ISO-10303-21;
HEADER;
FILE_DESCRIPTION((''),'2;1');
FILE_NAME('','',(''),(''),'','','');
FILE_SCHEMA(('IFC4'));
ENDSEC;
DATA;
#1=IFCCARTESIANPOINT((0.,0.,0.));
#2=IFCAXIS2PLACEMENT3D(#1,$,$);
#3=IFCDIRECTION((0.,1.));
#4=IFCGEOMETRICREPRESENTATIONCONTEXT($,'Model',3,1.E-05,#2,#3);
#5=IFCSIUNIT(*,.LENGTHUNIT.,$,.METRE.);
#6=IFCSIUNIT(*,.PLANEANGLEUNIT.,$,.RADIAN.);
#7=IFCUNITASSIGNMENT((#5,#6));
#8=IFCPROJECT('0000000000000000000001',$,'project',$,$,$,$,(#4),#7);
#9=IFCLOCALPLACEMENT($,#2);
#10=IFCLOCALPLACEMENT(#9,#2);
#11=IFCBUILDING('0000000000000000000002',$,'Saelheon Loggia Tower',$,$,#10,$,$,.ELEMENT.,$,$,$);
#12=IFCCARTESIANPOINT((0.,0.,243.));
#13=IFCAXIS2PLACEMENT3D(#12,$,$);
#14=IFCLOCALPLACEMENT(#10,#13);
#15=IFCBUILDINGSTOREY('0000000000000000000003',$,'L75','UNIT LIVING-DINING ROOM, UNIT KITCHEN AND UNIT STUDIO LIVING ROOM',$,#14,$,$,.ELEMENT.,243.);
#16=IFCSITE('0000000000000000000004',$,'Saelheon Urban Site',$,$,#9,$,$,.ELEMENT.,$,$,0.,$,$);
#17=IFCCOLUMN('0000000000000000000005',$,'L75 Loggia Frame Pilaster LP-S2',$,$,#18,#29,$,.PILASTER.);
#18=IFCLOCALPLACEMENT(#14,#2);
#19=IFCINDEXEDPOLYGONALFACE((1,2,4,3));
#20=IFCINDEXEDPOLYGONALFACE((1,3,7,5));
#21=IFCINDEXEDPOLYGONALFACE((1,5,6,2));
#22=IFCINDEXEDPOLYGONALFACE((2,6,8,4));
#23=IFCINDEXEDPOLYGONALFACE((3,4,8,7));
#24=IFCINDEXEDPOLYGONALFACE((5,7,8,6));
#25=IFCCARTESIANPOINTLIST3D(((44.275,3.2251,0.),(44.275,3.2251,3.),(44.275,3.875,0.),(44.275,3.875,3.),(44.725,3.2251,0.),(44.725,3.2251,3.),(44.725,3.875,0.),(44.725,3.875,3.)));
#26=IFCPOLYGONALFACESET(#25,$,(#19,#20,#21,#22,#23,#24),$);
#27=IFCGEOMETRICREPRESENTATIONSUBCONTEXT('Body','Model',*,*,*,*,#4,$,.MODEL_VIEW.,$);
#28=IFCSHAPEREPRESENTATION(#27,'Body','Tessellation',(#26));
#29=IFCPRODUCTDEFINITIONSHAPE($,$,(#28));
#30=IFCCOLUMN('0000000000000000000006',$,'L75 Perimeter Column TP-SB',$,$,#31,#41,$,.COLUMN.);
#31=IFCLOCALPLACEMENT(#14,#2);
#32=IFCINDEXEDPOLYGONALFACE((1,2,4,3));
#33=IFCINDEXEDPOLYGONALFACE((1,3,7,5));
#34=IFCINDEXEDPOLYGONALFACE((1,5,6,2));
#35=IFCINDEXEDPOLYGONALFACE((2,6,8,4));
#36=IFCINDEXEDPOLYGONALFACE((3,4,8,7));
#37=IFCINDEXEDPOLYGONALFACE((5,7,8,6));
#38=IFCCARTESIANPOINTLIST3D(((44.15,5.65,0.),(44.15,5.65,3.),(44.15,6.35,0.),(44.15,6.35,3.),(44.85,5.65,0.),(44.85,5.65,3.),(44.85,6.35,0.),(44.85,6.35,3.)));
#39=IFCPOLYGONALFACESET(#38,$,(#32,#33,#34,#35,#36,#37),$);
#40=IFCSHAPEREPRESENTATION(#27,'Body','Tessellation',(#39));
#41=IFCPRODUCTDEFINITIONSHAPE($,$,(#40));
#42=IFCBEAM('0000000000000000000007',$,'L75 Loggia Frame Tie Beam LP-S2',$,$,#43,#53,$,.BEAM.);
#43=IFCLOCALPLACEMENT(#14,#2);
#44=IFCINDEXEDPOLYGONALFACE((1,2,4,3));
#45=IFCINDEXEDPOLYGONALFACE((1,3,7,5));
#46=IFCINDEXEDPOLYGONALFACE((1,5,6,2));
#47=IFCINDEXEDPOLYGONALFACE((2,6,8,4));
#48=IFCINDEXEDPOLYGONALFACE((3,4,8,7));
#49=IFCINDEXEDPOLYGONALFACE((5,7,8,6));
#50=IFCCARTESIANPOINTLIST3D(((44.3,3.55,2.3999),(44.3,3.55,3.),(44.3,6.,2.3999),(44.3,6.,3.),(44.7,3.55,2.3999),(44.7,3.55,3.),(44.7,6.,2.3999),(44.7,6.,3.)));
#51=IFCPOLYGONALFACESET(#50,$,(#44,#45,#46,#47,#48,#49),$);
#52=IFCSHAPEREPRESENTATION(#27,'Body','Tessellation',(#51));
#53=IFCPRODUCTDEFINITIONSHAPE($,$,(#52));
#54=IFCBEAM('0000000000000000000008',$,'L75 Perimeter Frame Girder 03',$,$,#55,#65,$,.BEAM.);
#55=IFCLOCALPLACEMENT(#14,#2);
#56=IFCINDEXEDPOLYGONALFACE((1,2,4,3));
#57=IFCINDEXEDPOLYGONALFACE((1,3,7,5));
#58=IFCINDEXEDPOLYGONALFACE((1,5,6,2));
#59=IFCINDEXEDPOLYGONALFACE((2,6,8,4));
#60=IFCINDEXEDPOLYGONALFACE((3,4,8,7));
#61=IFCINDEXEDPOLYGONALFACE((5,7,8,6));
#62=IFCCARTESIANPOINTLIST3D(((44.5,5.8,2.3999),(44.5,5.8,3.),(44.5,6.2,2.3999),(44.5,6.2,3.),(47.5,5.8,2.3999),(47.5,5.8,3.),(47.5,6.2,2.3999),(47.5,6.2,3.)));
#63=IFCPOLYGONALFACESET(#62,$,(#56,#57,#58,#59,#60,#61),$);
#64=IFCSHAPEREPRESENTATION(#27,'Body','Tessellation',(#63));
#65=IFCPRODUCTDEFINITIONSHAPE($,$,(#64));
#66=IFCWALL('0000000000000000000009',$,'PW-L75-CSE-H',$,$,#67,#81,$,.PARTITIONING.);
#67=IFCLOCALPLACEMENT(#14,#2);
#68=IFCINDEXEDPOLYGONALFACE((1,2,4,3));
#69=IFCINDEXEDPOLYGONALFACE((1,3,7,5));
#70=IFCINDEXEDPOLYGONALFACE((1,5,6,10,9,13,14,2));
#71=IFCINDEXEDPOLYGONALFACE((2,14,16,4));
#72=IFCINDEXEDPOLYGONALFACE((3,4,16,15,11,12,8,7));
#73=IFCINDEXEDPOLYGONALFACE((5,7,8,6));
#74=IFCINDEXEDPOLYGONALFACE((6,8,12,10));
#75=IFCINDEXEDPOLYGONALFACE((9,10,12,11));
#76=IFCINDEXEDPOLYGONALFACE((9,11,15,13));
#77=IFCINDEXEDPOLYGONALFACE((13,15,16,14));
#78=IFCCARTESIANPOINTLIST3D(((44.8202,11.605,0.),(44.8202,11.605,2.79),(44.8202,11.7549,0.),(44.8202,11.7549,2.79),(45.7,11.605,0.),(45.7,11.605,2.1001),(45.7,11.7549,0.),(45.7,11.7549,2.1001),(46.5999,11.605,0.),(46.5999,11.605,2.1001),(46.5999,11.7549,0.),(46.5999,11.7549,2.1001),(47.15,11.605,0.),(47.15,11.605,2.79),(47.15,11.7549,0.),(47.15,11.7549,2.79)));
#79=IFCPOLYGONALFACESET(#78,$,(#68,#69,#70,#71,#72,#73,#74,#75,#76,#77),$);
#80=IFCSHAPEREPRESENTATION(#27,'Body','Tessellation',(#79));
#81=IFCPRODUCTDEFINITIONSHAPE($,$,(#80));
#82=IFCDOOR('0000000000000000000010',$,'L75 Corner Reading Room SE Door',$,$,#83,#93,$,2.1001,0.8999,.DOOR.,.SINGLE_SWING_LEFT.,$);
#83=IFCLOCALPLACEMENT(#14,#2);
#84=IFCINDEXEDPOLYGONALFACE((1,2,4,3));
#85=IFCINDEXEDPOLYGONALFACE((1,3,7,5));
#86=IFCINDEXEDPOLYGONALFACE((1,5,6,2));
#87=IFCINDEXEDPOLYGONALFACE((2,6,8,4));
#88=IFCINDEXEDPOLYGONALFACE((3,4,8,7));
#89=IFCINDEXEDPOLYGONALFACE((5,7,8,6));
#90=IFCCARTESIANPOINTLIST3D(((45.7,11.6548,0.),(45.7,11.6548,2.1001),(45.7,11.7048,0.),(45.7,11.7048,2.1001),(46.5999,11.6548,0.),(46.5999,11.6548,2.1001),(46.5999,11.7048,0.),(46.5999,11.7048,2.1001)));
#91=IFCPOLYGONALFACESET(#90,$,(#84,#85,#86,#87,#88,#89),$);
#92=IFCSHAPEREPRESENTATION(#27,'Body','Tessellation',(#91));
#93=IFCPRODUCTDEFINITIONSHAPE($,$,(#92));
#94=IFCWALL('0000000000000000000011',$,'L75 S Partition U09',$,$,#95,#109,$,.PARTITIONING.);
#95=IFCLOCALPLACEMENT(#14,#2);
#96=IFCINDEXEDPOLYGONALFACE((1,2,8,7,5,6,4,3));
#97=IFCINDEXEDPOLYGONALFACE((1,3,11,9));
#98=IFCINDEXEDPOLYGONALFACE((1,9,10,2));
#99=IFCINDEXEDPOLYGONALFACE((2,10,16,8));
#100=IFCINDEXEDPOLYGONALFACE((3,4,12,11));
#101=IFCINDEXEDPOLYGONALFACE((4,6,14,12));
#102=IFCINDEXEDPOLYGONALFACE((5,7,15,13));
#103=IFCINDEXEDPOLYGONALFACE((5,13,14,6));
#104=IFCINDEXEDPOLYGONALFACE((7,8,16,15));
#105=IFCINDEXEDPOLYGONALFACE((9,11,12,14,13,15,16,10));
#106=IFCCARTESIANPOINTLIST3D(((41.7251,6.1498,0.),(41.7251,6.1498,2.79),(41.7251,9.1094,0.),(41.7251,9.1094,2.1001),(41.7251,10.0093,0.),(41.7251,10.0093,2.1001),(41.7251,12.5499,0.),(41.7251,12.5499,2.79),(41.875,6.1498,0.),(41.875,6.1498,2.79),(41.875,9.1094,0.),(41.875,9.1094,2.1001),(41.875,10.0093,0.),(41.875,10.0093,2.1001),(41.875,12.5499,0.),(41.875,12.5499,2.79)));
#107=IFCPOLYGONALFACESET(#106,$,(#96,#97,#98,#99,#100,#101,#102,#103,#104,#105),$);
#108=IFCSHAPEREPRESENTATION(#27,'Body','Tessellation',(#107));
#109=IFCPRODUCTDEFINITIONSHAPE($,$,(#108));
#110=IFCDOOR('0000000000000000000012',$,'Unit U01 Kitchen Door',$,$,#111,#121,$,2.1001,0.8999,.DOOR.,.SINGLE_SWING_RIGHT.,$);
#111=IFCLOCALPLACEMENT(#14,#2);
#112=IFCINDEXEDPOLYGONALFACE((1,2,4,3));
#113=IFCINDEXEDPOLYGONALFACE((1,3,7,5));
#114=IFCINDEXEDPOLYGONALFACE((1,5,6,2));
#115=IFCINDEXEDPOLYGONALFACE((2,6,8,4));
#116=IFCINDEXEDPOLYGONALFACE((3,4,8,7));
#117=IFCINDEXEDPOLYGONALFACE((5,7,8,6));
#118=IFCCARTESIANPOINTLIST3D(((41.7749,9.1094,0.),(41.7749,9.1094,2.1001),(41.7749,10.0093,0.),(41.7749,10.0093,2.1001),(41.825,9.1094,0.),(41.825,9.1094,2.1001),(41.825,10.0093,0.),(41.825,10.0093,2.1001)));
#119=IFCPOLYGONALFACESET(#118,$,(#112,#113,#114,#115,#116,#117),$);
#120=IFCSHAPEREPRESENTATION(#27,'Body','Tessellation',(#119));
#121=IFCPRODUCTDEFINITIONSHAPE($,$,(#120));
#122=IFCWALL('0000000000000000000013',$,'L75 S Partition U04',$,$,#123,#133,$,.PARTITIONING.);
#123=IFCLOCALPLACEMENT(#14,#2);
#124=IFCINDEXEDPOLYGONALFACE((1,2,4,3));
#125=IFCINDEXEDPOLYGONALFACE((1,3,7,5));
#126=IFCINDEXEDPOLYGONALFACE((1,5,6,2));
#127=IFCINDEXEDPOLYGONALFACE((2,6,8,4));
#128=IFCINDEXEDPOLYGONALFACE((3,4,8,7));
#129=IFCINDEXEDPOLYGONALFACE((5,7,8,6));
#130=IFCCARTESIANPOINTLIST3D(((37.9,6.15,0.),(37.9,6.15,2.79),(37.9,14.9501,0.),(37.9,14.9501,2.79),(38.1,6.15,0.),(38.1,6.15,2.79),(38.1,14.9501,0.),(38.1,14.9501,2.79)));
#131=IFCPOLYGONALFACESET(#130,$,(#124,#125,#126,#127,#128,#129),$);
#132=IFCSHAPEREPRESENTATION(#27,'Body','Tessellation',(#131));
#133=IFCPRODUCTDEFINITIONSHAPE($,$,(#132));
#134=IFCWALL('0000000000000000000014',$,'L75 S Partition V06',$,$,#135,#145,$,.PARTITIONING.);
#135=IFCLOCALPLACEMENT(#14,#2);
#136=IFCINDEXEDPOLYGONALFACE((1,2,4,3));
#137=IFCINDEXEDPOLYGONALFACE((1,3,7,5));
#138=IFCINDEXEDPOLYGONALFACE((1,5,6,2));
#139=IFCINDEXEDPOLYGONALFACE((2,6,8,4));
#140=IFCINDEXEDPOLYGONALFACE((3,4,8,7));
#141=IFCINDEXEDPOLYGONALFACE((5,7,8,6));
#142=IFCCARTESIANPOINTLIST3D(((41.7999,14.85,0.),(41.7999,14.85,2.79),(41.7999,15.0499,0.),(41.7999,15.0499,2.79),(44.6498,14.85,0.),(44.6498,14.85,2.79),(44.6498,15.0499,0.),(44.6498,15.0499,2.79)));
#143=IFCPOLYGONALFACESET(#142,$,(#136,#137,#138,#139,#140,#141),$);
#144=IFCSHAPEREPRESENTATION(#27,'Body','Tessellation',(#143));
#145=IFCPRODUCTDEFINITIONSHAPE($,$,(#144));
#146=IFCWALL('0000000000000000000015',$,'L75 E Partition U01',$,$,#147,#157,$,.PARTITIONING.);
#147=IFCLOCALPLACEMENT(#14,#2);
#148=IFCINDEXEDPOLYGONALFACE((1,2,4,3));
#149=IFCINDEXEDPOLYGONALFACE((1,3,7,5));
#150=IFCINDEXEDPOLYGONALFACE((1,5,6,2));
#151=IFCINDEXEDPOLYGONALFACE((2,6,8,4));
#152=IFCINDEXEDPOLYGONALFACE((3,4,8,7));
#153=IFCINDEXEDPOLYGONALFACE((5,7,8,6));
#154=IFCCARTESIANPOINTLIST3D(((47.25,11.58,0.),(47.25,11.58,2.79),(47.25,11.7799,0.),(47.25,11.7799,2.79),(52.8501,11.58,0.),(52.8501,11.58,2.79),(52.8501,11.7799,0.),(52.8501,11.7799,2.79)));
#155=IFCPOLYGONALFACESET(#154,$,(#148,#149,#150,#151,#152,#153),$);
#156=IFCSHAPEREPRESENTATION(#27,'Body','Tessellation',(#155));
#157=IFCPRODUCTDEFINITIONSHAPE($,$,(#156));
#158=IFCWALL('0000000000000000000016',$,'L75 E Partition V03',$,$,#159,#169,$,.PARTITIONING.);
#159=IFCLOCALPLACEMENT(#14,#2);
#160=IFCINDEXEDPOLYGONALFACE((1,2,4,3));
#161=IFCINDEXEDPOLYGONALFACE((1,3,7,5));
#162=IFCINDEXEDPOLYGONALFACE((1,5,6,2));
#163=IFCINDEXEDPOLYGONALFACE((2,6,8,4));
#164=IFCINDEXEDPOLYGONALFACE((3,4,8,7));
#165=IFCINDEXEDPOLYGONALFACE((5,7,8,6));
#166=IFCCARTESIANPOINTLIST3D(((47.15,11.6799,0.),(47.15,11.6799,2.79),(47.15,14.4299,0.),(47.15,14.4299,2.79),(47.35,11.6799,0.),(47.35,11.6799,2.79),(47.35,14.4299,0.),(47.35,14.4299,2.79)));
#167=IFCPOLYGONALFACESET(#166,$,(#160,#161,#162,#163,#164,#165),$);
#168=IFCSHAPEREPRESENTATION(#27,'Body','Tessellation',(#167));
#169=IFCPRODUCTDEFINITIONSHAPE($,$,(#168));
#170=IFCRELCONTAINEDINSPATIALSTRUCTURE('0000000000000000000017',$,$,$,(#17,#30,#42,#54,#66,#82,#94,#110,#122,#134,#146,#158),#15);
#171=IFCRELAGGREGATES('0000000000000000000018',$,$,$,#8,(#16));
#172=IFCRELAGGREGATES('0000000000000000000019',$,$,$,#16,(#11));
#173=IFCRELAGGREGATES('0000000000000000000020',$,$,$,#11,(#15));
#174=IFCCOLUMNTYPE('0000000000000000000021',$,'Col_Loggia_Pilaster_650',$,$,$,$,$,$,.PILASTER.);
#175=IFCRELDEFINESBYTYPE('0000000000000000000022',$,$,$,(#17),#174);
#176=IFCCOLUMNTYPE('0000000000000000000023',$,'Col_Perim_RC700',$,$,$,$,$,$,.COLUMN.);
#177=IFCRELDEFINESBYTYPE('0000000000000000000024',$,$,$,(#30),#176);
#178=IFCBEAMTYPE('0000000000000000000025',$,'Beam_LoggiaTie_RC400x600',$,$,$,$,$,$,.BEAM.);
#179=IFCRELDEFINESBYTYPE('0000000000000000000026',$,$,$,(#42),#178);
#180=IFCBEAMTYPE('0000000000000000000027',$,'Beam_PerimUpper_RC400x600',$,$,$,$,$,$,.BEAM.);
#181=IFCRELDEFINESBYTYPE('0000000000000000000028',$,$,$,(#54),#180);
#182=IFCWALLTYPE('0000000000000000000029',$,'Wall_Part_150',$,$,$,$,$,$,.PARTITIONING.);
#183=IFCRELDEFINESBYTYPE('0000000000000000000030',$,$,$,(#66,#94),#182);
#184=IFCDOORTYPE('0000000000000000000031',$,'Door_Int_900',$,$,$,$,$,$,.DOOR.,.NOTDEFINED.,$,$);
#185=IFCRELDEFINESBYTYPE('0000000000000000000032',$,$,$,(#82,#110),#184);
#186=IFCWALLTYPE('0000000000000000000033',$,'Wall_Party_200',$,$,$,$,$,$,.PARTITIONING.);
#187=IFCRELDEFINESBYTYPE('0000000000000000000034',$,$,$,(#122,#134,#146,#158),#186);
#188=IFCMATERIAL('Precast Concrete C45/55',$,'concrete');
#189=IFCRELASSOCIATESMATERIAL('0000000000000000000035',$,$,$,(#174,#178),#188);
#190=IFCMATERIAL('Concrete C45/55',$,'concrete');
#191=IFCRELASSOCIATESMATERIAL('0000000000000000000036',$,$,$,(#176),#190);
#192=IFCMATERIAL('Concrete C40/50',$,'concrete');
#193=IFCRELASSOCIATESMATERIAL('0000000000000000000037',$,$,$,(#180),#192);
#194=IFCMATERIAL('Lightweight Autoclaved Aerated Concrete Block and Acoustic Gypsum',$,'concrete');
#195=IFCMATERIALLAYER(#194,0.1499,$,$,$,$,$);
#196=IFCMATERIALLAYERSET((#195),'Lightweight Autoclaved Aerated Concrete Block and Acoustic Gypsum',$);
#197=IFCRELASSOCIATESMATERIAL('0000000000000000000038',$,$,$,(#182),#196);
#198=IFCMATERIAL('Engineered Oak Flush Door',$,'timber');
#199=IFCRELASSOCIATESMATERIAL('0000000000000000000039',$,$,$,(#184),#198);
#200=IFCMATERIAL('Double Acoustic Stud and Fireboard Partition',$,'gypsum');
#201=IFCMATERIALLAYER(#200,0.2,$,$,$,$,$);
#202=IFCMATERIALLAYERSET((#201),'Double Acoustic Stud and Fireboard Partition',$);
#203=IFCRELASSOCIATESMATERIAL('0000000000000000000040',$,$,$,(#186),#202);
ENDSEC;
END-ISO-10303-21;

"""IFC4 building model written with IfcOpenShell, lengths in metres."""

from ifc_helpers import new_model, si_unit, direction, frame, frame_2d, origin, origin_2d, place, context, subcontext, project, spatial, rectangle, extrude, source, transform, mapped, material, layer, layer_set, material_profile, profile_set, type_object, element, fill, save


model = new_model("IFC4")

# Units and contexts
model_context = context("Model", 3, precision=1e-05, world=origin(), true_north=direction((0.0, 1.0)))
body_context = subcontext(model_context, "Body", "Model", "MODEL_VIEW")
ifc_project = project(units=[si_unit("LENGTHUNIT", "METRE"), si_unit("PLANEANGLEUNIT", "RADIAN")], contexts=[model_context])

# Site, building, storey
site_placement = place(None, origin())
site = spatial("IfcSite", under=ifc_project, at=site_placement, Name="Saelheon Urban Site", CompositionType="ELEMENT", RefElevation=0.0)
building_placement = place(site_placement, origin())
building = spatial("IfcBuilding", under=site, at=building_placement, Name="Saelheon Loggia Tower", CompositionType="ELEMENT")
storey_placement = place(building_placement, frame((0.0, 0.0, 243.0)))
storey = spatial("IfcBuildingStorey", under=building, at=storey_placement, Name="L75", Description="UNIT LIVING-DINING ROOM, UNIT KITCHEN AND UNIT STUDIO LIVING ROOM", CompositionType="ELEMENT", Elevation=243.0)

# Columns
ifc_material_1 = material(Name="Precast Concrete C45/55", Category="concrete")
ifc_material_profile_1 = material_profile(ifc_material_1, rectangle(XDim=0.45, YDim=0.6499, at=origin_2d()), Name="RC-450x650")
ifc_profile_set_1 = profile_set([ifc_material_profile_1], Name="Precast Concrete C45/55")
column_type_1 = type_object("IfcColumnType", Name="Col_Loggia_Pilaster_650", PredefinedType="PILASTER", material=ifc_profile_set_1)
shared_shape_1 = source(origin(), body_context, "Body", "SweptSolid", [
    extrude(rectangle(XDim=0.45, YDim=0.6499, at=origin_2d()), origin(), (0.0, 0.0, 1.0), 3.0),
])
column_1_placement = place(storey_placement, frame((44.5, 3.55, 0.0), z_axis=(0.0, 0.0, 1.0), x_axis=(1.0, 0.0, 0.0)))
element("IfcColumn", 1, at=column_1_placement, inside=storey, type_object=column_type_1, Name="L75 Loggia Frame Pilaster LP-S2", PredefinedType="PILASTER", context=body_context, shape_type="MappedRepresentation", body=[
    mapped(shared_shape_1, transform((0.0, 0.0, 0.0), scale=1.0)),
])
ifc_material_2 = material(Name="Concrete C45/55", Category="concrete")
ifc_material_profile_2 = material_profile(ifc_material_2, rectangle(XDim=0.7, YDim=0.7, at=origin_2d()), Name="RC-700x700")
ifc_profile_set_2 = profile_set([ifc_material_profile_2], Name="Concrete C45/55")
column_type_2 = type_object("IfcColumnType", Name="Col_Perim_RC700", PredefinedType="COLUMN", material=ifc_profile_set_2)
shared_shape_2 = source(origin(), body_context, "Body", "SweptSolid", [
    extrude(rectangle(XDim=0.7, YDim=0.7, at=origin_2d()), origin(), (0.0, 0.0, 1.0), 3.0),
])
column_2_placement = place(storey_placement, frame((44.5, 6.0, 0.0), z_axis=(0.0, 0.0, 1.0), x_axis=(1.0, 0.0, 0.0)))
element("IfcColumn", 2, at=column_2_placement, inside=storey, type_object=column_type_2, Name="L75 Perimeter Column TP-SB", PredefinedType="COLUMN", context=body_context, shape_type="MappedRepresentation", body=[
    mapped(shared_shape_2, transform((0.0, 0.0, 0.0), scale=1.0)),
])

# Beams
ifc_material_profile_3 = material_profile(ifc_material_1, rectangle(XDim=0.3999, YDim=0.6001, at=origin_2d()), Name="RC-400x600")
ifc_profile_set_3 = profile_set([ifc_material_profile_3], Name="Precast Concrete C45/55")
beam_type_1 = type_object("IfcBeamType", Name="Beam_LoggiaTie_RC400x600", PredefinedType="BEAM", material=ifc_profile_set_3)
shared_shape_3 = source(origin(), body_context, "Body", "SweptSolid", [
    extrude(rectangle(XDim=0.3999, YDim=0.6001, at=origin_2d()), origin(), (0.0, 0.0, 1.0), 2.45),
])
beam_1_placement = place(storey_placement, frame((44.5, 6.0, 2.7), z_axis=(0.0, -1.0, 0.0), x_axis=(1.0, 0.0, 0.0)))
element("IfcBeam", 3, at=beam_1_placement, inside=storey, type_object=beam_type_1, Name="L75 Loggia Frame Tie Beam LP-S2", PredefinedType="BEAM", context=body_context, shape_type="MappedRepresentation", body=[
    mapped(shared_shape_3, transform((0.0, 0.0, 0.0), scale=1.0)),
])
ifc_material_3 = material(Name="Concrete C40/50", Category="concrete")
ifc_material_profile_4 = material_profile(ifc_material_3, rectangle(XDim=0.3999, YDim=0.6001, at=origin_2d()), Name="RC-400x600")
ifc_profile_set_4 = profile_set([ifc_material_profile_4], Name="Concrete C40/50")
beam_type_2 = type_object("IfcBeamType", Name="Beam_PerimUpper_RC400x600", PredefinedType="BEAM", material=ifc_profile_set_4)
shared_shape_4 = source(origin(), body_context, "Body", "SweptSolid", [
    extrude(rectangle(XDim=0.3999, YDim=0.6001, at=origin_2d()), origin(), (0.0, 0.0, 1.0), 3.0),
])
beam_2_placement = place(storey_placement, frame((44.5, 6.0, 2.7), z_axis=(1.0, 0.0, 0.0), x_axis=(0.0, 1.0, 0.0)))
element("IfcBeam", 4, at=beam_2_placement, inside=storey, type_object=beam_type_2, Name="L75 Perimeter Frame Girder 03", PredefinedType="BEAM", context=body_context, shape_type="MappedRepresentation", body=[
    mapped(shared_shape_4, transform((0.0, 0.0, 0.0), scale=1.0)),
])

# Walls, openings, doors
ifc_material_4 = material(Name="Lightweight Autoclaved Aerated Concrete Block and Acoustic Gypsum", Category="concrete")
ifc_layer_1 = layer(ifc_material_4, 0.1499)
ifc_layer_set_1 = layer_set([ifc_layer_1], Name="Lightweight Autoclaved Aerated Concrete Block and Acoustic Gypsum")
wall_type_1 = type_object("IfcWallType", Name="Wall_Part_150", PredefinedType="PARTITIONING", material=ifc_layer_set_1)
wall_1_placement = place(storey_placement, frame((44.8201, 11.6799, 0.0), z_axis=(0.0, 0.0, 1.0), x_axis=(1.0, 0.0, 0.0)))
wall_1 = element("IfcWall", 5, at=wall_1_placement, inside=storey, type_object=wall_type_1, Name="PW-L75-CSE-H", PredefinedType="PARTITIONING", context=body_context, shape_type="SweptSolid", body=[
    extrude(rectangle(XDim=2.3298, YDim=0.1499, at=frame_2d((1.165, 0.0))), origin(), (0.0, 0.0, 1.0), 2.79),
])
opening_1_placement = place(wall_1_placement, frame((0.8799, 0.0, 0.0)))
opening_1 = element("IfcOpeningElement", 6, at=opening_1_placement, cuts=wall_1, PredefinedType="OPENING", context=body_context, shape_type="SweptSolid", body=[
    extrude(rectangle(XDim=0.8999, YDim=2.1001, at=frame_2d((0.45, 1.05))), frame((0.0, 0.0869, 0.0), z_axis=(0.0, -1.0, 0.0), x_axis=(1.0, 0.0, 0.0)), (0.0, 0.0, 1.0), 0.1738),
])
ifc_material_5 = material(Name="Engineered Oak Flush Door", Category="timber")
door_type_1 = type_object("IfcDoorType", Name="Door_Int_900", OperationType="NOTDEFINED", PredefinedType="DOOR", material=ifc_material_5)
shared_shape_5 = source(origin(), body_context, "Body", "SweptSolid", [
    extrude(rectangle(XDim=0.8999, YDim=2.1001, at=frame_2d((0.45, 1.05))), frame((0.0, 0.0249, 0.0), z_axis=(0.0, -1.0, 0.0), x_axis=(1.0, 0.0, 0.0)), (0.0, 0.0, 1.0), 0.05),
])
door_1_placement = place(opening_1_placement, origin())
door_1 = element("IfcDoor", 7, at=door_1_placement, inside=storey, type_object=door_type_1, Name="L75 Corner Reading Room SE Door", OperationType="SINGLE_SWING_LEFT", OverallHeight=2.1001, OverallWidth=0.8999, PredefinedType="DOOR", context=body_context, shape_type="MappedRepresentation", body=[
    mapped(shared_shape_5, transform((0.0, 0.0, 0.0), scale=1.0)),
])
fill(opening_1, door_1)
wall_2_placement = place(storey_placement, frame((41.8, 12.55, 0.0), z_axis=(0.0, 0.0, 1.0), x_axis=(0.0, -1.0, 0.0)))
wall_2 = element("IfcWall", 8, at=wall_2_placement, inside=storey, type_object=wall_type_1, Name="L75 S Partition U09", PredefinedType="PARTITIONING", context=body_context, shape_type="SweptSolid", body=[
    extrude(rectangle(XDim=6.4001, YDim=0.1499, at=frame_2d((3.2002, 0.0))), origin(), (0.0, 0.0, 1.0), 2.79),
])
opening_2_placement = place(wall_2_placement, frame((2.5408, 0.0, 0.0)))
opening_2 = element("IfcOpeningElement", 9, at=opening_2_placement, cuts=wall_2, PredefinedType="OPENING", context=body_context, shape_type="SweptSolid", body=[
    extrude(rectangle(XDim=0.8999, YDim=2.1001, at=frame_2d((0.45, 1.05))), frame((0.0, 0.0869, 0.0), z_axis=(0.0, -1.0, 0.0), x_axis=(1.0, 0.0, 0.0)), (0.0, 0.0, 1.0), 0.1738),
])
door_2_placement = place(opening_2_placement, origin())
door_2 = element("IfcDoor", 10, at=door_2_placement, inside=storey, type_object=door_type_1, Name="Unit U01 Kitchen Door", OperationType="SINGLE_SWING_RIGHT", OverallHeight=2.1001, OverallWidth=0.8999, PredefinedType="DOOR", context=body_context, shape_type="MappedRepresentation", body=[
    mapped(shared_shape_5, transform((0.0, 0.0, 0.0), scale=1.0)),
])
fill(opening_2, door_2)

# Wall
ifc_material_6 = material(Name="Double Acoustic Stud and Fireboard Partition", Category="gypsum")
ifc_layer_2 = layer(ifc_material_6, 0.2)
ifc_layer_set_2 = layer_set([ifc_layer_2], Name="Double Acoustic Stud and Fireboard Partition")
wall_type_2 = type_object("IfcWallType", Name="Wall_Party_200", PredefinedType="PARTITIONING", material=ifc_layer_set_2)
wall_3_placement = place(storey_placement, frame((38.0, 14.95, 0.0), z_axis=(0.0, 0.0, 1.0), x_axis=(0.0, -1.0, 0.0)))
element("IfcWall", 11, at=wall_3_placement, inside=storey, type_object=wall_type_2, Name="L75 S Partition U04", PredefinedType="PARTITIONING", context=body_context, shape_type="SweptSolid", body=[
    extrude(rectangle(XDim=8.8, YDim=0.2, at=frame_2d((4.3999, 0.0))), origin(), (0.0, 0.0, 1.0), 2.79),
])

# Walls
wall_4_placement = place(storey_placement, frame((41.8, 14.95, 0.0), z_axis=(0.0, 0.0, 1.0), x_axis=(1.0, 0.0, 0.0)))
element("IfcWall", 12, at=wall_4_placement, inside=storey, type_object=wall_type_2, Name="L75 S Partition V06", PredefinedType="PARTITIONING", context=body_context, shape_type="SweptSolid", body=[
    extrude(rectangle(XDim=2.8499, YDim=0.2, at=frame_2d((1.4248, 0.0))), origin(), (0.0, 0.0, 1.0), 2.79),
])
wall_5_placement = place(storey_placement, frame((47.25, 11.6799, 0.0), z_axis=(0.0, 0.0, 1.0), x_axis=(1.0, 0.0, 0.0)))
element("IfcWall", 13, at=wall_5_placement, inside=storey, type_object=wall_type_2, Name="L75 E Partition U01", PredefinedType="PARTITIONING", context=body_context, shape_type="SweptSolid", body=[
    extrude(rectangle(XDim=5.6001, YDim=0.2, at=frame_2d((2.8, 0.0))), origin(), (0.0, 0.0, 1.0), 2.79),
])
wall_6_placement = place(storey_placement, frame((47.25, 11.6799, 0.0), z_axis=(0.0, 0.0, 1.0), x_axis=(0.0, 1.0, 0.0)))
element("IfcWall", 14, at=wall_6_placement, inside=storey, type_object=wall_type_2, Name="L75 E Partition V03", PredefinedType="PARTITIONING", context=body_context, shape_type="SweptSolid", body=[
    extrude(rectangle(XDim=2.75, YDim=0.2, at=frame_2d((1.375, 0.0))), origin(), (0.0, 0.0, 1.0), 2.79),
])

save(model, "model.ifc")
